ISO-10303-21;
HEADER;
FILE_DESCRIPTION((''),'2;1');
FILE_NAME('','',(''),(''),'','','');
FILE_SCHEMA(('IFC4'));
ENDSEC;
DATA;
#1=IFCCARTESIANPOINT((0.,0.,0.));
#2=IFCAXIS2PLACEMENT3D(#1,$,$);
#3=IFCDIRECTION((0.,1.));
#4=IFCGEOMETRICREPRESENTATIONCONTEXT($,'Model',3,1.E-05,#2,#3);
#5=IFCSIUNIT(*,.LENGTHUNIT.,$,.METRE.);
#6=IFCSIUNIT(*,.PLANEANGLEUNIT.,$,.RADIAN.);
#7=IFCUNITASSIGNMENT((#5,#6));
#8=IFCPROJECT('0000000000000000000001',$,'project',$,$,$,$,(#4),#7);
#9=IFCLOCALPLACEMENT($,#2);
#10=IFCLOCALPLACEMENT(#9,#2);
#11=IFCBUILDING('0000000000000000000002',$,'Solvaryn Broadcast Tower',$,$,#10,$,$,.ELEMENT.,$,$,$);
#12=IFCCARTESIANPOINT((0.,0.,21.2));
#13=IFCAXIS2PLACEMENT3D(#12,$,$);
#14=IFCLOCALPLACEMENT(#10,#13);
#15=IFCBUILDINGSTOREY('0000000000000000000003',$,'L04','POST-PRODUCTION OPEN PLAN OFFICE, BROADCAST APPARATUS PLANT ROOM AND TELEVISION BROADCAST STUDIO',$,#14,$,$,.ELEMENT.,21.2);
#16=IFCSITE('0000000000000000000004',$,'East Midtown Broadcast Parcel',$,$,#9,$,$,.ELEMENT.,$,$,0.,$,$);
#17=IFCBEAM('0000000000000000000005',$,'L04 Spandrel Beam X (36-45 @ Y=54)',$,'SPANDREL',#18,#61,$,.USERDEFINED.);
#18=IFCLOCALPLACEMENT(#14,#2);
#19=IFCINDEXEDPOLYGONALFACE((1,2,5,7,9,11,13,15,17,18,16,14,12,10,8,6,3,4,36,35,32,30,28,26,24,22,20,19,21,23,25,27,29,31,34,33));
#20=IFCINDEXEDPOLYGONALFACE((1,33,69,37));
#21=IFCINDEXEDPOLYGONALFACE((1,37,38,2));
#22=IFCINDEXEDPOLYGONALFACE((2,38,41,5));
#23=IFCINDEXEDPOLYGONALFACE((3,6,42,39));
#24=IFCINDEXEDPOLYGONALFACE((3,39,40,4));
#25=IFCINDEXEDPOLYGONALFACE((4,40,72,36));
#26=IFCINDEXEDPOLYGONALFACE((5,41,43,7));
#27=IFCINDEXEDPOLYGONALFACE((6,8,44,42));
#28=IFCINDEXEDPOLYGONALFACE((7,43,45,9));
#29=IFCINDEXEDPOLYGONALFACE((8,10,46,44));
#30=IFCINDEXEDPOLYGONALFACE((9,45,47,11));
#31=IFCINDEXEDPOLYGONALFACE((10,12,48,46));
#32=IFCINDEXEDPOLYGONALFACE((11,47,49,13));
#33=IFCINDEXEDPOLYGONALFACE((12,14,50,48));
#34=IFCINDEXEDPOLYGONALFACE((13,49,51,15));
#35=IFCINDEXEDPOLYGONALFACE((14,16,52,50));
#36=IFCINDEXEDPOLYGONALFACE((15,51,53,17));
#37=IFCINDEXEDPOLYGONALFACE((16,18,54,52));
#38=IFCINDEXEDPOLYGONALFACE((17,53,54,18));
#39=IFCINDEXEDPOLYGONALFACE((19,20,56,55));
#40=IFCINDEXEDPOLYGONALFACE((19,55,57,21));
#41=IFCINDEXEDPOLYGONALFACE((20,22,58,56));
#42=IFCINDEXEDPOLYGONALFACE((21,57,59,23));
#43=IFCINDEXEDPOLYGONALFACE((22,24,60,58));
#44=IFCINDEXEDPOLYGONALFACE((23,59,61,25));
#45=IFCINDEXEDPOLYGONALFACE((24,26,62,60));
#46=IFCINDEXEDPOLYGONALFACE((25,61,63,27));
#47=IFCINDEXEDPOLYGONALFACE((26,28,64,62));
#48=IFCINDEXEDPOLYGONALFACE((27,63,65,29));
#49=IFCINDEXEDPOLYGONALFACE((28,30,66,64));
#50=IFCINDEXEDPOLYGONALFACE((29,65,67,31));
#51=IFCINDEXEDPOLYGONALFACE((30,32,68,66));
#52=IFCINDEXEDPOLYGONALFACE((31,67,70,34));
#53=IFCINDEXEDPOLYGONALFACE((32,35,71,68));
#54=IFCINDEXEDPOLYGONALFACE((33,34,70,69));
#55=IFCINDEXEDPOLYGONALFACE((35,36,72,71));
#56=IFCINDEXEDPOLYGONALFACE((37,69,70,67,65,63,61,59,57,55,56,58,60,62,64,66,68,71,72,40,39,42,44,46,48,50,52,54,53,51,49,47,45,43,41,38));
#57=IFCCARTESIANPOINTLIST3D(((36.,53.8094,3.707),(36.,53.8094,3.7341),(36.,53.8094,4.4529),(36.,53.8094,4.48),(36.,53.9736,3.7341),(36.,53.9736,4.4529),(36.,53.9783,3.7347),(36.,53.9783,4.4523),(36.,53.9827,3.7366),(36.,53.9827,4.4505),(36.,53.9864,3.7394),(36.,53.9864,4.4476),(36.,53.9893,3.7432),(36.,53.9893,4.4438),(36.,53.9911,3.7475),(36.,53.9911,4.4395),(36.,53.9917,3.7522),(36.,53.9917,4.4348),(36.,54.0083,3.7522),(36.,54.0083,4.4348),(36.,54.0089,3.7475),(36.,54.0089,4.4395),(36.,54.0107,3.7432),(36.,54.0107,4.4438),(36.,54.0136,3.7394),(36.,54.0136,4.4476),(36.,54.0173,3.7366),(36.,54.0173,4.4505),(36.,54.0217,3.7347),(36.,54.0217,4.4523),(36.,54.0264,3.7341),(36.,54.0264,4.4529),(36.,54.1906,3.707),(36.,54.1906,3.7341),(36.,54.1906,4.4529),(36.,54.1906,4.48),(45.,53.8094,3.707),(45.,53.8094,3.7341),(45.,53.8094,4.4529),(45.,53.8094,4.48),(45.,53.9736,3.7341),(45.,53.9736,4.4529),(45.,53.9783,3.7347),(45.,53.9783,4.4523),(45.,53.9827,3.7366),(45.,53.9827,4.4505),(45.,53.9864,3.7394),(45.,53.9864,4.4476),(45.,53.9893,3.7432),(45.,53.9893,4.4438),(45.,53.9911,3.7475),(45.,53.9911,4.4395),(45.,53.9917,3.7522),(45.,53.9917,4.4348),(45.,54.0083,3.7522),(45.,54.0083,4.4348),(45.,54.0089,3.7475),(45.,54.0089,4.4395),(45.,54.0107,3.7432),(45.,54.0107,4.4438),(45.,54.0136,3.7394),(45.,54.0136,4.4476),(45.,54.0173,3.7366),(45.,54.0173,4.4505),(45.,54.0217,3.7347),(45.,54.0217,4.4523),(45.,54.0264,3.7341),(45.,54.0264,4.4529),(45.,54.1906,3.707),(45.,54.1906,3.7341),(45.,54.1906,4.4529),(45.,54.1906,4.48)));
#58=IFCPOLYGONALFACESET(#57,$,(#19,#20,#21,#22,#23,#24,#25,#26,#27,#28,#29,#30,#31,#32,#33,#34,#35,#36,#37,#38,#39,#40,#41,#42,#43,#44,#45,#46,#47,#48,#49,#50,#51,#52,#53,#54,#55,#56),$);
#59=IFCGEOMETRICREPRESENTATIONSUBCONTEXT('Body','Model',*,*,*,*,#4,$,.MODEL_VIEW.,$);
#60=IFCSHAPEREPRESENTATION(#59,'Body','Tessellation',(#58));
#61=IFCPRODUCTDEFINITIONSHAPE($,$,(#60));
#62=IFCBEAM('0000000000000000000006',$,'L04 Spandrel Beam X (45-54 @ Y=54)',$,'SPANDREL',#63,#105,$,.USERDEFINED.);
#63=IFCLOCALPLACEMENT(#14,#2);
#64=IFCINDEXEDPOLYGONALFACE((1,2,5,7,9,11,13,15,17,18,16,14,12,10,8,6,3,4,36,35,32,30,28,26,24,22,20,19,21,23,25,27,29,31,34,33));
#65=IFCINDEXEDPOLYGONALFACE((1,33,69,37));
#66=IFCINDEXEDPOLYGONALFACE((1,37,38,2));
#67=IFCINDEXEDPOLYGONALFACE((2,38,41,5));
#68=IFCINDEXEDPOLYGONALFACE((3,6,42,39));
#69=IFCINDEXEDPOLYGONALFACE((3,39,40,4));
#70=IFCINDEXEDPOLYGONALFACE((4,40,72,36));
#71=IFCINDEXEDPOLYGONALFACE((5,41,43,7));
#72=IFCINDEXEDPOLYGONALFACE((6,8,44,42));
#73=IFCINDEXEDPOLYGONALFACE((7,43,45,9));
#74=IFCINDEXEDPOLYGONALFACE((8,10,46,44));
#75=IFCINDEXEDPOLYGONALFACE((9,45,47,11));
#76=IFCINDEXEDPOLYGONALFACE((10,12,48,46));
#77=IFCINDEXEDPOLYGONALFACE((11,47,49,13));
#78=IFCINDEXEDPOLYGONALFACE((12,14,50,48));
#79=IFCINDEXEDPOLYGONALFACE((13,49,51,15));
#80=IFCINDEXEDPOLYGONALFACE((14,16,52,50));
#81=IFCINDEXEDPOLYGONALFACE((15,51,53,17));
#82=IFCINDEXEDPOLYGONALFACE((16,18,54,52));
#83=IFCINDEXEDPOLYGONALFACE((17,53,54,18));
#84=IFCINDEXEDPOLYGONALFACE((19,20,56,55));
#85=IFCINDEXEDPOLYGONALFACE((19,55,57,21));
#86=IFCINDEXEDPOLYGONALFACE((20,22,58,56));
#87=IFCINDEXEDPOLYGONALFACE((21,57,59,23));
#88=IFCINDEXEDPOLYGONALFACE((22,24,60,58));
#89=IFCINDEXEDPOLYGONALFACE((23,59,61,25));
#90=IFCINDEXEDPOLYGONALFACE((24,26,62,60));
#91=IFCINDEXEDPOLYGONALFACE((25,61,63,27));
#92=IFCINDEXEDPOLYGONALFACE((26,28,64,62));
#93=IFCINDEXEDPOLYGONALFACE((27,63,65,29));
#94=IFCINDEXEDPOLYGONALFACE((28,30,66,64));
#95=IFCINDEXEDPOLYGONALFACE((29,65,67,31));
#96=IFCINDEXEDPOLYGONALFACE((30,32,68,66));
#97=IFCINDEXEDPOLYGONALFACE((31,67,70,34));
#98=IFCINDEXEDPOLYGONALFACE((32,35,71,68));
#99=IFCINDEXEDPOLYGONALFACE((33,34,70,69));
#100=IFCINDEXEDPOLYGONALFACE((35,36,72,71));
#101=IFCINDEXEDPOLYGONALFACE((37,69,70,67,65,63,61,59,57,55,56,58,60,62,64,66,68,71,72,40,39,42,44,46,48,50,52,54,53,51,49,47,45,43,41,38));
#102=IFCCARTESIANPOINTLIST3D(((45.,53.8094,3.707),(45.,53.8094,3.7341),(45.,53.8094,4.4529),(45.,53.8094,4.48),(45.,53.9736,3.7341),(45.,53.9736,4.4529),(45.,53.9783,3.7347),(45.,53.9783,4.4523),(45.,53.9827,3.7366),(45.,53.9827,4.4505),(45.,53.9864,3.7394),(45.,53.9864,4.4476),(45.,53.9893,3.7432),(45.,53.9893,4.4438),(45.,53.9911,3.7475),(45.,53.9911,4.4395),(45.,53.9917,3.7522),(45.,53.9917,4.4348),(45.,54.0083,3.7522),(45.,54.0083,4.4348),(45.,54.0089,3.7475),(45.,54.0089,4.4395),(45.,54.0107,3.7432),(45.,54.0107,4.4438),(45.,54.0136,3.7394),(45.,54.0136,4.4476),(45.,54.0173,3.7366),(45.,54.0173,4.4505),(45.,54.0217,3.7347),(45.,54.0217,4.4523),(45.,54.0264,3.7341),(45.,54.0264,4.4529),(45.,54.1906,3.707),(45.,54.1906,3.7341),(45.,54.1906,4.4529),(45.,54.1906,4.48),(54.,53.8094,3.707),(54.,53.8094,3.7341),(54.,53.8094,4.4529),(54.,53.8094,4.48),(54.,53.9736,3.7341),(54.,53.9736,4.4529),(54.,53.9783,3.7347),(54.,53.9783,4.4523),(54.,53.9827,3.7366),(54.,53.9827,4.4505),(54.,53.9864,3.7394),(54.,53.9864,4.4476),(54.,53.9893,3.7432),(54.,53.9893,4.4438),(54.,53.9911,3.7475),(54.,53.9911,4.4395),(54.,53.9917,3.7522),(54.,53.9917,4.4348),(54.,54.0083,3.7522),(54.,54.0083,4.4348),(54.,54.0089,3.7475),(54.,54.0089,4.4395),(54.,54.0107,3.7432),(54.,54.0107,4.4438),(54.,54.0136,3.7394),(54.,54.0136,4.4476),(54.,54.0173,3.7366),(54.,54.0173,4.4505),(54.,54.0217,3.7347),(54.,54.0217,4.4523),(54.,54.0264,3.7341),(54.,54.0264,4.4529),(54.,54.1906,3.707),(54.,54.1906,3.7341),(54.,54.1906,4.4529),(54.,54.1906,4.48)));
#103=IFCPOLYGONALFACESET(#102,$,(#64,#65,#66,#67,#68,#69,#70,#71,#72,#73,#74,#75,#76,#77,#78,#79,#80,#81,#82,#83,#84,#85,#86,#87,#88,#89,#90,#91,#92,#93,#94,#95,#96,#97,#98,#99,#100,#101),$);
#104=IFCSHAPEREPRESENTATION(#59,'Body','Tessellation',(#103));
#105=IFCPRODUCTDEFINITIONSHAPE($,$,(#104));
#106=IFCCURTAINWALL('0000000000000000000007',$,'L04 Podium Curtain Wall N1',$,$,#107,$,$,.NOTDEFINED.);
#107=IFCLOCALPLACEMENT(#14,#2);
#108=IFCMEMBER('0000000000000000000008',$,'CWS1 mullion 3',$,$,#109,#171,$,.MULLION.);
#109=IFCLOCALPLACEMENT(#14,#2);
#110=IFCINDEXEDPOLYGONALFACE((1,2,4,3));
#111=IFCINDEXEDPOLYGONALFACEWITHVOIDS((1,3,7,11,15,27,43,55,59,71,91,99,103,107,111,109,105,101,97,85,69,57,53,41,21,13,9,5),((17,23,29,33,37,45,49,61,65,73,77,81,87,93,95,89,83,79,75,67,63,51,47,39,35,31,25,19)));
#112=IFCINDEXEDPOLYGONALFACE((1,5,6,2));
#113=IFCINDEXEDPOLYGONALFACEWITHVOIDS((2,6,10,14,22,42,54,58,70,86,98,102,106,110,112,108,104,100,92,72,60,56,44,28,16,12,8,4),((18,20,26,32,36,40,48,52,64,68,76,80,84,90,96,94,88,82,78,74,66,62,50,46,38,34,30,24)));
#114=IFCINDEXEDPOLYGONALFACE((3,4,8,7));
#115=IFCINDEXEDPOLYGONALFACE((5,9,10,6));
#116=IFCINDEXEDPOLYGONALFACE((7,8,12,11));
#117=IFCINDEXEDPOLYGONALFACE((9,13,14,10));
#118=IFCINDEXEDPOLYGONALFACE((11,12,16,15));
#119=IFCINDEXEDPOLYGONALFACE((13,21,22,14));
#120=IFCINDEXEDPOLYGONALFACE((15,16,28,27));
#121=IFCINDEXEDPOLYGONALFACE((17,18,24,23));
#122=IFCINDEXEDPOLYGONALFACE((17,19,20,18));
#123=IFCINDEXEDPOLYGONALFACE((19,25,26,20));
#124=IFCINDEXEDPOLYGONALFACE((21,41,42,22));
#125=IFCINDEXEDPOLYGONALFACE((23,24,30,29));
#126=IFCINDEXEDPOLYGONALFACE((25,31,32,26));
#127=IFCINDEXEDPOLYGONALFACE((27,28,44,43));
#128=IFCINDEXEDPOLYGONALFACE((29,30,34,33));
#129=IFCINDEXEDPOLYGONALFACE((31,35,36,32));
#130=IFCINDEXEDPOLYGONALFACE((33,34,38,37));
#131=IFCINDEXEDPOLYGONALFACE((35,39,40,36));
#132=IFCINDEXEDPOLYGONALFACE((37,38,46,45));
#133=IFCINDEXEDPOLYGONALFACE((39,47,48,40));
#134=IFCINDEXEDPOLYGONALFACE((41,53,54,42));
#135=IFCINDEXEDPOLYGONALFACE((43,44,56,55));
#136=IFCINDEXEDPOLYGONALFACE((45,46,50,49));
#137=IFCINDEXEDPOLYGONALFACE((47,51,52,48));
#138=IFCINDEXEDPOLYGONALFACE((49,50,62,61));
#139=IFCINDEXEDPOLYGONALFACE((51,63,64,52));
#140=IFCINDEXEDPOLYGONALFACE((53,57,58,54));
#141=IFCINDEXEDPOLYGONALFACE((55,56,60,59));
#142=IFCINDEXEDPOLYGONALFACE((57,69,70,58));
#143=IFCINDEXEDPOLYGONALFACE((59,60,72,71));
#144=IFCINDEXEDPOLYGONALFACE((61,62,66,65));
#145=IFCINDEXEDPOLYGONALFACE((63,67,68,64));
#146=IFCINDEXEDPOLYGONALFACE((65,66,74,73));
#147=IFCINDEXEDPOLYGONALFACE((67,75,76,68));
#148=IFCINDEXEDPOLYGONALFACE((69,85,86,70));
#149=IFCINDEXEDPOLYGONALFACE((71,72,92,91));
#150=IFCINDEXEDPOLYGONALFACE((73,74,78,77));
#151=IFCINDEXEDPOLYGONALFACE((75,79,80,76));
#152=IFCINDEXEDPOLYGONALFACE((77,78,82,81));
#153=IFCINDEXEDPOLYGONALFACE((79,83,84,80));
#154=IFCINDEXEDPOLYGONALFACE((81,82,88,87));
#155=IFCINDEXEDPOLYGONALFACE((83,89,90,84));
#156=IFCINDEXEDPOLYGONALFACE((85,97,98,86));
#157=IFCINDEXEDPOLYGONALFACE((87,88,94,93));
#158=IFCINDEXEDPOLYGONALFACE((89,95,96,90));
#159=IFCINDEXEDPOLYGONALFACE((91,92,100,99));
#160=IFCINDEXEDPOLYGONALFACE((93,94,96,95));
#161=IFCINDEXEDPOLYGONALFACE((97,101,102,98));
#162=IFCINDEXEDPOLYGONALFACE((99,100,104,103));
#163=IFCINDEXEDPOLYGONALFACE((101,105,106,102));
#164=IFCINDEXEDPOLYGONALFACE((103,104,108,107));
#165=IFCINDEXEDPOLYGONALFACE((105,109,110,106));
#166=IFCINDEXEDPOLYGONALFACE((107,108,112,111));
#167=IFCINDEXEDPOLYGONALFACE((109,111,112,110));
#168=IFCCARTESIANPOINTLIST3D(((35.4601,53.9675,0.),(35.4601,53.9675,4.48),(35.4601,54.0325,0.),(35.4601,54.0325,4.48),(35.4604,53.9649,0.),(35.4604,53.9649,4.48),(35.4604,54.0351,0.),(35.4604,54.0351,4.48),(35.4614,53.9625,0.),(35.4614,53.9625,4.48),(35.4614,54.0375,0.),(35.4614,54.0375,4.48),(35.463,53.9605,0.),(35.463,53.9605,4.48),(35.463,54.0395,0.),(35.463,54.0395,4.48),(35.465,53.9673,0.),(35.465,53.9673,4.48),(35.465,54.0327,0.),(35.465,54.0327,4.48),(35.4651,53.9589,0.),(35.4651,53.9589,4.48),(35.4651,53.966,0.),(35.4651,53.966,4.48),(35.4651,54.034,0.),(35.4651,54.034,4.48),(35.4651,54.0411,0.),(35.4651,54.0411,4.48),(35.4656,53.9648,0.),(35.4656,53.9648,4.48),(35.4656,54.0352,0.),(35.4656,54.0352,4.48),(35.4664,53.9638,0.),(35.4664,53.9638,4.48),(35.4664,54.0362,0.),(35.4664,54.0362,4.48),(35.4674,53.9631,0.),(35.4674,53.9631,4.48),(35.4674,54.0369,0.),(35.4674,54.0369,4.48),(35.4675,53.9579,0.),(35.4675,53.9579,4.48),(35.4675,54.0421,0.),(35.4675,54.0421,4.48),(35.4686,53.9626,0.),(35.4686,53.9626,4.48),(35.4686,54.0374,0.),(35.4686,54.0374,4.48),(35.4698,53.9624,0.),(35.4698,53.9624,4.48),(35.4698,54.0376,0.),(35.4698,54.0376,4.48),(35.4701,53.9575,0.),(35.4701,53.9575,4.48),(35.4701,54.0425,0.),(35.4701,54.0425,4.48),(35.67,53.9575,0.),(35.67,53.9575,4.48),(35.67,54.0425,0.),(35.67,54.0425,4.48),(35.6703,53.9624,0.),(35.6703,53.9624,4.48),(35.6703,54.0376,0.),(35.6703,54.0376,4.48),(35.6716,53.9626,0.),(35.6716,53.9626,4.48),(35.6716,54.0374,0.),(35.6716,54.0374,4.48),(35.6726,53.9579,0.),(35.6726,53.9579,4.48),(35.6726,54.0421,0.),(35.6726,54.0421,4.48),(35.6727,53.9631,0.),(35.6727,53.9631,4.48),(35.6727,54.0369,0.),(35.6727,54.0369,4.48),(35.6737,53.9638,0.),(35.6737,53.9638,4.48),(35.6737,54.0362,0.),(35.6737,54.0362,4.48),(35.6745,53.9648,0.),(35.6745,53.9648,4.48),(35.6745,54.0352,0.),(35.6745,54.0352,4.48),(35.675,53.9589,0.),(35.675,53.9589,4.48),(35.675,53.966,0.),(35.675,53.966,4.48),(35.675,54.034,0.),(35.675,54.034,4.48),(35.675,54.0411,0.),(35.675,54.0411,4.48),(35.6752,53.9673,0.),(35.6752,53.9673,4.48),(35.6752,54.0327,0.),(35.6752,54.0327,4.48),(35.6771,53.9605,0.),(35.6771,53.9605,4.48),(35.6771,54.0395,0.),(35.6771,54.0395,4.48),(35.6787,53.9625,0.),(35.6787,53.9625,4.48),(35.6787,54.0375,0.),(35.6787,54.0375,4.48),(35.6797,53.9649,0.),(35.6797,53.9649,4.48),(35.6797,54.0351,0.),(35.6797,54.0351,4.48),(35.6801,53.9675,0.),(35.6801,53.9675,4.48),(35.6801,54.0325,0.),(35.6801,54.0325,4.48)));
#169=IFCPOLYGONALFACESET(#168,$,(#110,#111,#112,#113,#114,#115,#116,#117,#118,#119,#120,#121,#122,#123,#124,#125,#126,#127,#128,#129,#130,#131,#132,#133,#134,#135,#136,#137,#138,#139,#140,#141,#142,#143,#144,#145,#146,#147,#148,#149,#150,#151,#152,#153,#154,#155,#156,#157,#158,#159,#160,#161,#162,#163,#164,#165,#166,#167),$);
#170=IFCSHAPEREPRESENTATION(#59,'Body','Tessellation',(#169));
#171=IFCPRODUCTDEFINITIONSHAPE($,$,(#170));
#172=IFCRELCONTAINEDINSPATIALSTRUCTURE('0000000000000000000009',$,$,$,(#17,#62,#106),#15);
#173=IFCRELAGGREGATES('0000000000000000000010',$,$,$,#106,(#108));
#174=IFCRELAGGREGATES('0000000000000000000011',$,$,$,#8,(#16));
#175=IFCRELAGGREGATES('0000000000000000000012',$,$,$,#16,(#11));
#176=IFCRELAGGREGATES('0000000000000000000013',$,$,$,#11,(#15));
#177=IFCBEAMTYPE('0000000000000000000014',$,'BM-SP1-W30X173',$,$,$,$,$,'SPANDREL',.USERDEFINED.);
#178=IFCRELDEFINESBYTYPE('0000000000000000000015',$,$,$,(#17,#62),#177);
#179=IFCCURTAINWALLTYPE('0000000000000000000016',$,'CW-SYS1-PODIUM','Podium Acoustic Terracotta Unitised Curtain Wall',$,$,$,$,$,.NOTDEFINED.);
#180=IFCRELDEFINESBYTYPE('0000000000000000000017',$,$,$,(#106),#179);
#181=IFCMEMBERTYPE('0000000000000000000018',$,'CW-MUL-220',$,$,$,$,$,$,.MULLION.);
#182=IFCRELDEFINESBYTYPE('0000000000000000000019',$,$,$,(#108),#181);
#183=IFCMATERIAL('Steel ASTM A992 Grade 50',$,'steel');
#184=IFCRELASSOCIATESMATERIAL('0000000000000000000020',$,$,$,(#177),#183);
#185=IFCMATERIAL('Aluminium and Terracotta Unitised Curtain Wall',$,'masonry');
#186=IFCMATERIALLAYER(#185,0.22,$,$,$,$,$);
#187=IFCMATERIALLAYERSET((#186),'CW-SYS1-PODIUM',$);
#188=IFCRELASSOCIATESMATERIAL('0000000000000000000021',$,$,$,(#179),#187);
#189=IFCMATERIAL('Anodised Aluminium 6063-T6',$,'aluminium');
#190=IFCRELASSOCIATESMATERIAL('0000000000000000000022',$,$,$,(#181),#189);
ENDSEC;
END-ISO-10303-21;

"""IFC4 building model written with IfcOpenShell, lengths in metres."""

from ifc_helpers import new_model, si_unit, direction, frame, origin, origin_2d, place, context, subcontext, project, spatial, hollow_rectangle, i_section, extrude, material, layer, layer_set, material_profile, profile_set, type_object, element, aggregate, save


model = new_model("IFC4")

# Units and contexts
model_context = context("Model", 3, precision=1e-05, world=origin(), true_north=direction((0.0, 1.0)))
body_context = subcontext(model_context, "Body", "Model", "MODEL_VIEW")
ifc_project = project(units=[si_unit("LENGTHUNIT", "METRE"), si_unit("PLANEANGLEUNIT", "RADIAN")], contexts=[model_context])

# Site, building, storey
site_placement = place(None, origin())
site = spatial("IfcSite", under=ifc_project, at=site_placement, Name="East Midtown Broadcast Parcel", CompositionType="ELEMENT", RefElevation=0.0)
building_placement = place(site_placement, origin())
building = spatial("IfcBuilding", under=site, at=building_placement, Name="Solvaryn Broadcast Tower", CompositionType="ELEMENT")
storey_placement = place(building_placement, frame((0.0, 0.0, 21.2)))
storey = spatial("IfcBuildingStorey", under=building, at=storey_placement, Name="L04", Description="POST-PRODUCTION OPEN PLAN OFFICE, BROADCAST APPARATUS PLANT ROOM AND TELEVISION BROADCAST STUDIO", CompositionType="ELEMENT", Elevation=21.2)

# Beams
ifc_material_1 = material(Name="Steel ASTM A992 Grade 50", Category="steel")
ifc_material_profile_1 = material_profile(ifc_material_1, i_section(OverallWidth=0.3811, OverallDepth=0.7729, WebThickness=0.0166, FlangeThickness=0.0271, FilletRadius=0.0181, at=origin_2d()))
ifc_profile_set_1 = profile_set([ifc_material_profile_1], Name="Steel ASTM A992 Grade 50")
beam_type_1 = type_object("IfcBeamType", Name="BM-SP1-W30X173", ElementType="SPANDREL", PredefinedType="USERDEFINED", material=ifc_profile_set_1)
for number, where, z_axis, x_axis, name in (
    (1, (36.0, 54.0, 4.0935), (1.0, 0.0, 0.0), (0.0, 1.0, 0.0), "L04 Spandrel Beam X (36-45 @ Y=54)"),
    (2, (45.0, 54.0, 4.0935), (1.0, 0.0, 0.0), (0.0, 1.0, 0.0), "L04 Spandrel Beam X (45-54 @ Y=54)"),
):
    element("IfcBeam", number, at=place(storey_placement, frame(where, z_axis=z_axis, x_axis=x_axis)), inside=storey, type_object=beam_type_1, Name=name, ObjectType="SPANDREL", PredefinedType="USERDEFINED", context=body_context, shape_type="SweptSolid", body=[
        extrude(i_section(OverallWidth=0.3811, OverallDepth=0.7729, WebThickness=0.0166, FlangeThickness=0.0271, FilletRadius=0.0181, at=origin_2d()), origin(), (0.0, 0.0, 1.0), 9.0),
    ])

# Curtain wall, member
ifc_material_2 = material(Name="Aluminium and Terracotta Unitised Curtain Wall", Category="masonry")
ifc_layer_1 = layer(ifc_material_2, 0.22)
ifc_layer_set_1 = layer_set([ifc_layer_1], Name="CW-SYS1-PODIUM")
curtain_wall_type = type_object("IfcCurtainWallType", Name="CW-SYS1-PODIUM", Description="Podium Acoustic Terracotta Unitised Curtain Wall", PredefinedType="NOTDEFINED", material=ifc_layer_set_1)
curtain_wall_1_placement = place(storey_placement, origin())
curtain_wall_1 = element("IfcCurtainWall", 3, at=curtain_wall_1_placement, inside=storey, type_object=curtain_wall_type, Name="L04 Podium Curtain Wall N1", PredefinedType="NOTDEFINED")
ifc_material_3 = material(Name="Anodised Aluminium 6063-T6", Category="aluminium")
ifc_material_profile_2 = material_profile(ifc_material_3, hollow_rectangle(XDim=0.085, YDim=0.22, WallThickness=0.0049, InnerFilletRadius=0.0049, OuterFilletRadius=0.01, at=origin_2d()))
ifc_profile_set_2 = profile_set([ifc_material_profile_2], Name="Anodised Aluminium 6063-T6")
member_type_1 = type_object("IfcMemberType", Name="CW-MUL-220", PredefinedType="MULLION", material=ifc_profile_set_2)
member_1_placement = place(storey_placement, frame((35.5701, 54.0, 0.0), z_axis=(0.0, 0.0, 1.0), x_axis=(0.0, 1.0, 0.0)))
member_1 = element("IfcMember", 4, at=member_1_placement, type_object=member_type_1, Name="CWS1 mullion 3", PredefinedType="MULLION", context=body_context, shape_type="SweptSolid", body=[
    extrude(hollow_rectangle(XDim=0.085, YDim=0.22, WallThickness=0.0049, InnerFilletRadius=0.0049, OuterFilletRadius=0.01, at=origin_2d()), origin(), (0.0, 0.0, 1.0), 4.48),
])
aggregate(curtain_wall_1, [member_1])

save(model, "model.ifc")
